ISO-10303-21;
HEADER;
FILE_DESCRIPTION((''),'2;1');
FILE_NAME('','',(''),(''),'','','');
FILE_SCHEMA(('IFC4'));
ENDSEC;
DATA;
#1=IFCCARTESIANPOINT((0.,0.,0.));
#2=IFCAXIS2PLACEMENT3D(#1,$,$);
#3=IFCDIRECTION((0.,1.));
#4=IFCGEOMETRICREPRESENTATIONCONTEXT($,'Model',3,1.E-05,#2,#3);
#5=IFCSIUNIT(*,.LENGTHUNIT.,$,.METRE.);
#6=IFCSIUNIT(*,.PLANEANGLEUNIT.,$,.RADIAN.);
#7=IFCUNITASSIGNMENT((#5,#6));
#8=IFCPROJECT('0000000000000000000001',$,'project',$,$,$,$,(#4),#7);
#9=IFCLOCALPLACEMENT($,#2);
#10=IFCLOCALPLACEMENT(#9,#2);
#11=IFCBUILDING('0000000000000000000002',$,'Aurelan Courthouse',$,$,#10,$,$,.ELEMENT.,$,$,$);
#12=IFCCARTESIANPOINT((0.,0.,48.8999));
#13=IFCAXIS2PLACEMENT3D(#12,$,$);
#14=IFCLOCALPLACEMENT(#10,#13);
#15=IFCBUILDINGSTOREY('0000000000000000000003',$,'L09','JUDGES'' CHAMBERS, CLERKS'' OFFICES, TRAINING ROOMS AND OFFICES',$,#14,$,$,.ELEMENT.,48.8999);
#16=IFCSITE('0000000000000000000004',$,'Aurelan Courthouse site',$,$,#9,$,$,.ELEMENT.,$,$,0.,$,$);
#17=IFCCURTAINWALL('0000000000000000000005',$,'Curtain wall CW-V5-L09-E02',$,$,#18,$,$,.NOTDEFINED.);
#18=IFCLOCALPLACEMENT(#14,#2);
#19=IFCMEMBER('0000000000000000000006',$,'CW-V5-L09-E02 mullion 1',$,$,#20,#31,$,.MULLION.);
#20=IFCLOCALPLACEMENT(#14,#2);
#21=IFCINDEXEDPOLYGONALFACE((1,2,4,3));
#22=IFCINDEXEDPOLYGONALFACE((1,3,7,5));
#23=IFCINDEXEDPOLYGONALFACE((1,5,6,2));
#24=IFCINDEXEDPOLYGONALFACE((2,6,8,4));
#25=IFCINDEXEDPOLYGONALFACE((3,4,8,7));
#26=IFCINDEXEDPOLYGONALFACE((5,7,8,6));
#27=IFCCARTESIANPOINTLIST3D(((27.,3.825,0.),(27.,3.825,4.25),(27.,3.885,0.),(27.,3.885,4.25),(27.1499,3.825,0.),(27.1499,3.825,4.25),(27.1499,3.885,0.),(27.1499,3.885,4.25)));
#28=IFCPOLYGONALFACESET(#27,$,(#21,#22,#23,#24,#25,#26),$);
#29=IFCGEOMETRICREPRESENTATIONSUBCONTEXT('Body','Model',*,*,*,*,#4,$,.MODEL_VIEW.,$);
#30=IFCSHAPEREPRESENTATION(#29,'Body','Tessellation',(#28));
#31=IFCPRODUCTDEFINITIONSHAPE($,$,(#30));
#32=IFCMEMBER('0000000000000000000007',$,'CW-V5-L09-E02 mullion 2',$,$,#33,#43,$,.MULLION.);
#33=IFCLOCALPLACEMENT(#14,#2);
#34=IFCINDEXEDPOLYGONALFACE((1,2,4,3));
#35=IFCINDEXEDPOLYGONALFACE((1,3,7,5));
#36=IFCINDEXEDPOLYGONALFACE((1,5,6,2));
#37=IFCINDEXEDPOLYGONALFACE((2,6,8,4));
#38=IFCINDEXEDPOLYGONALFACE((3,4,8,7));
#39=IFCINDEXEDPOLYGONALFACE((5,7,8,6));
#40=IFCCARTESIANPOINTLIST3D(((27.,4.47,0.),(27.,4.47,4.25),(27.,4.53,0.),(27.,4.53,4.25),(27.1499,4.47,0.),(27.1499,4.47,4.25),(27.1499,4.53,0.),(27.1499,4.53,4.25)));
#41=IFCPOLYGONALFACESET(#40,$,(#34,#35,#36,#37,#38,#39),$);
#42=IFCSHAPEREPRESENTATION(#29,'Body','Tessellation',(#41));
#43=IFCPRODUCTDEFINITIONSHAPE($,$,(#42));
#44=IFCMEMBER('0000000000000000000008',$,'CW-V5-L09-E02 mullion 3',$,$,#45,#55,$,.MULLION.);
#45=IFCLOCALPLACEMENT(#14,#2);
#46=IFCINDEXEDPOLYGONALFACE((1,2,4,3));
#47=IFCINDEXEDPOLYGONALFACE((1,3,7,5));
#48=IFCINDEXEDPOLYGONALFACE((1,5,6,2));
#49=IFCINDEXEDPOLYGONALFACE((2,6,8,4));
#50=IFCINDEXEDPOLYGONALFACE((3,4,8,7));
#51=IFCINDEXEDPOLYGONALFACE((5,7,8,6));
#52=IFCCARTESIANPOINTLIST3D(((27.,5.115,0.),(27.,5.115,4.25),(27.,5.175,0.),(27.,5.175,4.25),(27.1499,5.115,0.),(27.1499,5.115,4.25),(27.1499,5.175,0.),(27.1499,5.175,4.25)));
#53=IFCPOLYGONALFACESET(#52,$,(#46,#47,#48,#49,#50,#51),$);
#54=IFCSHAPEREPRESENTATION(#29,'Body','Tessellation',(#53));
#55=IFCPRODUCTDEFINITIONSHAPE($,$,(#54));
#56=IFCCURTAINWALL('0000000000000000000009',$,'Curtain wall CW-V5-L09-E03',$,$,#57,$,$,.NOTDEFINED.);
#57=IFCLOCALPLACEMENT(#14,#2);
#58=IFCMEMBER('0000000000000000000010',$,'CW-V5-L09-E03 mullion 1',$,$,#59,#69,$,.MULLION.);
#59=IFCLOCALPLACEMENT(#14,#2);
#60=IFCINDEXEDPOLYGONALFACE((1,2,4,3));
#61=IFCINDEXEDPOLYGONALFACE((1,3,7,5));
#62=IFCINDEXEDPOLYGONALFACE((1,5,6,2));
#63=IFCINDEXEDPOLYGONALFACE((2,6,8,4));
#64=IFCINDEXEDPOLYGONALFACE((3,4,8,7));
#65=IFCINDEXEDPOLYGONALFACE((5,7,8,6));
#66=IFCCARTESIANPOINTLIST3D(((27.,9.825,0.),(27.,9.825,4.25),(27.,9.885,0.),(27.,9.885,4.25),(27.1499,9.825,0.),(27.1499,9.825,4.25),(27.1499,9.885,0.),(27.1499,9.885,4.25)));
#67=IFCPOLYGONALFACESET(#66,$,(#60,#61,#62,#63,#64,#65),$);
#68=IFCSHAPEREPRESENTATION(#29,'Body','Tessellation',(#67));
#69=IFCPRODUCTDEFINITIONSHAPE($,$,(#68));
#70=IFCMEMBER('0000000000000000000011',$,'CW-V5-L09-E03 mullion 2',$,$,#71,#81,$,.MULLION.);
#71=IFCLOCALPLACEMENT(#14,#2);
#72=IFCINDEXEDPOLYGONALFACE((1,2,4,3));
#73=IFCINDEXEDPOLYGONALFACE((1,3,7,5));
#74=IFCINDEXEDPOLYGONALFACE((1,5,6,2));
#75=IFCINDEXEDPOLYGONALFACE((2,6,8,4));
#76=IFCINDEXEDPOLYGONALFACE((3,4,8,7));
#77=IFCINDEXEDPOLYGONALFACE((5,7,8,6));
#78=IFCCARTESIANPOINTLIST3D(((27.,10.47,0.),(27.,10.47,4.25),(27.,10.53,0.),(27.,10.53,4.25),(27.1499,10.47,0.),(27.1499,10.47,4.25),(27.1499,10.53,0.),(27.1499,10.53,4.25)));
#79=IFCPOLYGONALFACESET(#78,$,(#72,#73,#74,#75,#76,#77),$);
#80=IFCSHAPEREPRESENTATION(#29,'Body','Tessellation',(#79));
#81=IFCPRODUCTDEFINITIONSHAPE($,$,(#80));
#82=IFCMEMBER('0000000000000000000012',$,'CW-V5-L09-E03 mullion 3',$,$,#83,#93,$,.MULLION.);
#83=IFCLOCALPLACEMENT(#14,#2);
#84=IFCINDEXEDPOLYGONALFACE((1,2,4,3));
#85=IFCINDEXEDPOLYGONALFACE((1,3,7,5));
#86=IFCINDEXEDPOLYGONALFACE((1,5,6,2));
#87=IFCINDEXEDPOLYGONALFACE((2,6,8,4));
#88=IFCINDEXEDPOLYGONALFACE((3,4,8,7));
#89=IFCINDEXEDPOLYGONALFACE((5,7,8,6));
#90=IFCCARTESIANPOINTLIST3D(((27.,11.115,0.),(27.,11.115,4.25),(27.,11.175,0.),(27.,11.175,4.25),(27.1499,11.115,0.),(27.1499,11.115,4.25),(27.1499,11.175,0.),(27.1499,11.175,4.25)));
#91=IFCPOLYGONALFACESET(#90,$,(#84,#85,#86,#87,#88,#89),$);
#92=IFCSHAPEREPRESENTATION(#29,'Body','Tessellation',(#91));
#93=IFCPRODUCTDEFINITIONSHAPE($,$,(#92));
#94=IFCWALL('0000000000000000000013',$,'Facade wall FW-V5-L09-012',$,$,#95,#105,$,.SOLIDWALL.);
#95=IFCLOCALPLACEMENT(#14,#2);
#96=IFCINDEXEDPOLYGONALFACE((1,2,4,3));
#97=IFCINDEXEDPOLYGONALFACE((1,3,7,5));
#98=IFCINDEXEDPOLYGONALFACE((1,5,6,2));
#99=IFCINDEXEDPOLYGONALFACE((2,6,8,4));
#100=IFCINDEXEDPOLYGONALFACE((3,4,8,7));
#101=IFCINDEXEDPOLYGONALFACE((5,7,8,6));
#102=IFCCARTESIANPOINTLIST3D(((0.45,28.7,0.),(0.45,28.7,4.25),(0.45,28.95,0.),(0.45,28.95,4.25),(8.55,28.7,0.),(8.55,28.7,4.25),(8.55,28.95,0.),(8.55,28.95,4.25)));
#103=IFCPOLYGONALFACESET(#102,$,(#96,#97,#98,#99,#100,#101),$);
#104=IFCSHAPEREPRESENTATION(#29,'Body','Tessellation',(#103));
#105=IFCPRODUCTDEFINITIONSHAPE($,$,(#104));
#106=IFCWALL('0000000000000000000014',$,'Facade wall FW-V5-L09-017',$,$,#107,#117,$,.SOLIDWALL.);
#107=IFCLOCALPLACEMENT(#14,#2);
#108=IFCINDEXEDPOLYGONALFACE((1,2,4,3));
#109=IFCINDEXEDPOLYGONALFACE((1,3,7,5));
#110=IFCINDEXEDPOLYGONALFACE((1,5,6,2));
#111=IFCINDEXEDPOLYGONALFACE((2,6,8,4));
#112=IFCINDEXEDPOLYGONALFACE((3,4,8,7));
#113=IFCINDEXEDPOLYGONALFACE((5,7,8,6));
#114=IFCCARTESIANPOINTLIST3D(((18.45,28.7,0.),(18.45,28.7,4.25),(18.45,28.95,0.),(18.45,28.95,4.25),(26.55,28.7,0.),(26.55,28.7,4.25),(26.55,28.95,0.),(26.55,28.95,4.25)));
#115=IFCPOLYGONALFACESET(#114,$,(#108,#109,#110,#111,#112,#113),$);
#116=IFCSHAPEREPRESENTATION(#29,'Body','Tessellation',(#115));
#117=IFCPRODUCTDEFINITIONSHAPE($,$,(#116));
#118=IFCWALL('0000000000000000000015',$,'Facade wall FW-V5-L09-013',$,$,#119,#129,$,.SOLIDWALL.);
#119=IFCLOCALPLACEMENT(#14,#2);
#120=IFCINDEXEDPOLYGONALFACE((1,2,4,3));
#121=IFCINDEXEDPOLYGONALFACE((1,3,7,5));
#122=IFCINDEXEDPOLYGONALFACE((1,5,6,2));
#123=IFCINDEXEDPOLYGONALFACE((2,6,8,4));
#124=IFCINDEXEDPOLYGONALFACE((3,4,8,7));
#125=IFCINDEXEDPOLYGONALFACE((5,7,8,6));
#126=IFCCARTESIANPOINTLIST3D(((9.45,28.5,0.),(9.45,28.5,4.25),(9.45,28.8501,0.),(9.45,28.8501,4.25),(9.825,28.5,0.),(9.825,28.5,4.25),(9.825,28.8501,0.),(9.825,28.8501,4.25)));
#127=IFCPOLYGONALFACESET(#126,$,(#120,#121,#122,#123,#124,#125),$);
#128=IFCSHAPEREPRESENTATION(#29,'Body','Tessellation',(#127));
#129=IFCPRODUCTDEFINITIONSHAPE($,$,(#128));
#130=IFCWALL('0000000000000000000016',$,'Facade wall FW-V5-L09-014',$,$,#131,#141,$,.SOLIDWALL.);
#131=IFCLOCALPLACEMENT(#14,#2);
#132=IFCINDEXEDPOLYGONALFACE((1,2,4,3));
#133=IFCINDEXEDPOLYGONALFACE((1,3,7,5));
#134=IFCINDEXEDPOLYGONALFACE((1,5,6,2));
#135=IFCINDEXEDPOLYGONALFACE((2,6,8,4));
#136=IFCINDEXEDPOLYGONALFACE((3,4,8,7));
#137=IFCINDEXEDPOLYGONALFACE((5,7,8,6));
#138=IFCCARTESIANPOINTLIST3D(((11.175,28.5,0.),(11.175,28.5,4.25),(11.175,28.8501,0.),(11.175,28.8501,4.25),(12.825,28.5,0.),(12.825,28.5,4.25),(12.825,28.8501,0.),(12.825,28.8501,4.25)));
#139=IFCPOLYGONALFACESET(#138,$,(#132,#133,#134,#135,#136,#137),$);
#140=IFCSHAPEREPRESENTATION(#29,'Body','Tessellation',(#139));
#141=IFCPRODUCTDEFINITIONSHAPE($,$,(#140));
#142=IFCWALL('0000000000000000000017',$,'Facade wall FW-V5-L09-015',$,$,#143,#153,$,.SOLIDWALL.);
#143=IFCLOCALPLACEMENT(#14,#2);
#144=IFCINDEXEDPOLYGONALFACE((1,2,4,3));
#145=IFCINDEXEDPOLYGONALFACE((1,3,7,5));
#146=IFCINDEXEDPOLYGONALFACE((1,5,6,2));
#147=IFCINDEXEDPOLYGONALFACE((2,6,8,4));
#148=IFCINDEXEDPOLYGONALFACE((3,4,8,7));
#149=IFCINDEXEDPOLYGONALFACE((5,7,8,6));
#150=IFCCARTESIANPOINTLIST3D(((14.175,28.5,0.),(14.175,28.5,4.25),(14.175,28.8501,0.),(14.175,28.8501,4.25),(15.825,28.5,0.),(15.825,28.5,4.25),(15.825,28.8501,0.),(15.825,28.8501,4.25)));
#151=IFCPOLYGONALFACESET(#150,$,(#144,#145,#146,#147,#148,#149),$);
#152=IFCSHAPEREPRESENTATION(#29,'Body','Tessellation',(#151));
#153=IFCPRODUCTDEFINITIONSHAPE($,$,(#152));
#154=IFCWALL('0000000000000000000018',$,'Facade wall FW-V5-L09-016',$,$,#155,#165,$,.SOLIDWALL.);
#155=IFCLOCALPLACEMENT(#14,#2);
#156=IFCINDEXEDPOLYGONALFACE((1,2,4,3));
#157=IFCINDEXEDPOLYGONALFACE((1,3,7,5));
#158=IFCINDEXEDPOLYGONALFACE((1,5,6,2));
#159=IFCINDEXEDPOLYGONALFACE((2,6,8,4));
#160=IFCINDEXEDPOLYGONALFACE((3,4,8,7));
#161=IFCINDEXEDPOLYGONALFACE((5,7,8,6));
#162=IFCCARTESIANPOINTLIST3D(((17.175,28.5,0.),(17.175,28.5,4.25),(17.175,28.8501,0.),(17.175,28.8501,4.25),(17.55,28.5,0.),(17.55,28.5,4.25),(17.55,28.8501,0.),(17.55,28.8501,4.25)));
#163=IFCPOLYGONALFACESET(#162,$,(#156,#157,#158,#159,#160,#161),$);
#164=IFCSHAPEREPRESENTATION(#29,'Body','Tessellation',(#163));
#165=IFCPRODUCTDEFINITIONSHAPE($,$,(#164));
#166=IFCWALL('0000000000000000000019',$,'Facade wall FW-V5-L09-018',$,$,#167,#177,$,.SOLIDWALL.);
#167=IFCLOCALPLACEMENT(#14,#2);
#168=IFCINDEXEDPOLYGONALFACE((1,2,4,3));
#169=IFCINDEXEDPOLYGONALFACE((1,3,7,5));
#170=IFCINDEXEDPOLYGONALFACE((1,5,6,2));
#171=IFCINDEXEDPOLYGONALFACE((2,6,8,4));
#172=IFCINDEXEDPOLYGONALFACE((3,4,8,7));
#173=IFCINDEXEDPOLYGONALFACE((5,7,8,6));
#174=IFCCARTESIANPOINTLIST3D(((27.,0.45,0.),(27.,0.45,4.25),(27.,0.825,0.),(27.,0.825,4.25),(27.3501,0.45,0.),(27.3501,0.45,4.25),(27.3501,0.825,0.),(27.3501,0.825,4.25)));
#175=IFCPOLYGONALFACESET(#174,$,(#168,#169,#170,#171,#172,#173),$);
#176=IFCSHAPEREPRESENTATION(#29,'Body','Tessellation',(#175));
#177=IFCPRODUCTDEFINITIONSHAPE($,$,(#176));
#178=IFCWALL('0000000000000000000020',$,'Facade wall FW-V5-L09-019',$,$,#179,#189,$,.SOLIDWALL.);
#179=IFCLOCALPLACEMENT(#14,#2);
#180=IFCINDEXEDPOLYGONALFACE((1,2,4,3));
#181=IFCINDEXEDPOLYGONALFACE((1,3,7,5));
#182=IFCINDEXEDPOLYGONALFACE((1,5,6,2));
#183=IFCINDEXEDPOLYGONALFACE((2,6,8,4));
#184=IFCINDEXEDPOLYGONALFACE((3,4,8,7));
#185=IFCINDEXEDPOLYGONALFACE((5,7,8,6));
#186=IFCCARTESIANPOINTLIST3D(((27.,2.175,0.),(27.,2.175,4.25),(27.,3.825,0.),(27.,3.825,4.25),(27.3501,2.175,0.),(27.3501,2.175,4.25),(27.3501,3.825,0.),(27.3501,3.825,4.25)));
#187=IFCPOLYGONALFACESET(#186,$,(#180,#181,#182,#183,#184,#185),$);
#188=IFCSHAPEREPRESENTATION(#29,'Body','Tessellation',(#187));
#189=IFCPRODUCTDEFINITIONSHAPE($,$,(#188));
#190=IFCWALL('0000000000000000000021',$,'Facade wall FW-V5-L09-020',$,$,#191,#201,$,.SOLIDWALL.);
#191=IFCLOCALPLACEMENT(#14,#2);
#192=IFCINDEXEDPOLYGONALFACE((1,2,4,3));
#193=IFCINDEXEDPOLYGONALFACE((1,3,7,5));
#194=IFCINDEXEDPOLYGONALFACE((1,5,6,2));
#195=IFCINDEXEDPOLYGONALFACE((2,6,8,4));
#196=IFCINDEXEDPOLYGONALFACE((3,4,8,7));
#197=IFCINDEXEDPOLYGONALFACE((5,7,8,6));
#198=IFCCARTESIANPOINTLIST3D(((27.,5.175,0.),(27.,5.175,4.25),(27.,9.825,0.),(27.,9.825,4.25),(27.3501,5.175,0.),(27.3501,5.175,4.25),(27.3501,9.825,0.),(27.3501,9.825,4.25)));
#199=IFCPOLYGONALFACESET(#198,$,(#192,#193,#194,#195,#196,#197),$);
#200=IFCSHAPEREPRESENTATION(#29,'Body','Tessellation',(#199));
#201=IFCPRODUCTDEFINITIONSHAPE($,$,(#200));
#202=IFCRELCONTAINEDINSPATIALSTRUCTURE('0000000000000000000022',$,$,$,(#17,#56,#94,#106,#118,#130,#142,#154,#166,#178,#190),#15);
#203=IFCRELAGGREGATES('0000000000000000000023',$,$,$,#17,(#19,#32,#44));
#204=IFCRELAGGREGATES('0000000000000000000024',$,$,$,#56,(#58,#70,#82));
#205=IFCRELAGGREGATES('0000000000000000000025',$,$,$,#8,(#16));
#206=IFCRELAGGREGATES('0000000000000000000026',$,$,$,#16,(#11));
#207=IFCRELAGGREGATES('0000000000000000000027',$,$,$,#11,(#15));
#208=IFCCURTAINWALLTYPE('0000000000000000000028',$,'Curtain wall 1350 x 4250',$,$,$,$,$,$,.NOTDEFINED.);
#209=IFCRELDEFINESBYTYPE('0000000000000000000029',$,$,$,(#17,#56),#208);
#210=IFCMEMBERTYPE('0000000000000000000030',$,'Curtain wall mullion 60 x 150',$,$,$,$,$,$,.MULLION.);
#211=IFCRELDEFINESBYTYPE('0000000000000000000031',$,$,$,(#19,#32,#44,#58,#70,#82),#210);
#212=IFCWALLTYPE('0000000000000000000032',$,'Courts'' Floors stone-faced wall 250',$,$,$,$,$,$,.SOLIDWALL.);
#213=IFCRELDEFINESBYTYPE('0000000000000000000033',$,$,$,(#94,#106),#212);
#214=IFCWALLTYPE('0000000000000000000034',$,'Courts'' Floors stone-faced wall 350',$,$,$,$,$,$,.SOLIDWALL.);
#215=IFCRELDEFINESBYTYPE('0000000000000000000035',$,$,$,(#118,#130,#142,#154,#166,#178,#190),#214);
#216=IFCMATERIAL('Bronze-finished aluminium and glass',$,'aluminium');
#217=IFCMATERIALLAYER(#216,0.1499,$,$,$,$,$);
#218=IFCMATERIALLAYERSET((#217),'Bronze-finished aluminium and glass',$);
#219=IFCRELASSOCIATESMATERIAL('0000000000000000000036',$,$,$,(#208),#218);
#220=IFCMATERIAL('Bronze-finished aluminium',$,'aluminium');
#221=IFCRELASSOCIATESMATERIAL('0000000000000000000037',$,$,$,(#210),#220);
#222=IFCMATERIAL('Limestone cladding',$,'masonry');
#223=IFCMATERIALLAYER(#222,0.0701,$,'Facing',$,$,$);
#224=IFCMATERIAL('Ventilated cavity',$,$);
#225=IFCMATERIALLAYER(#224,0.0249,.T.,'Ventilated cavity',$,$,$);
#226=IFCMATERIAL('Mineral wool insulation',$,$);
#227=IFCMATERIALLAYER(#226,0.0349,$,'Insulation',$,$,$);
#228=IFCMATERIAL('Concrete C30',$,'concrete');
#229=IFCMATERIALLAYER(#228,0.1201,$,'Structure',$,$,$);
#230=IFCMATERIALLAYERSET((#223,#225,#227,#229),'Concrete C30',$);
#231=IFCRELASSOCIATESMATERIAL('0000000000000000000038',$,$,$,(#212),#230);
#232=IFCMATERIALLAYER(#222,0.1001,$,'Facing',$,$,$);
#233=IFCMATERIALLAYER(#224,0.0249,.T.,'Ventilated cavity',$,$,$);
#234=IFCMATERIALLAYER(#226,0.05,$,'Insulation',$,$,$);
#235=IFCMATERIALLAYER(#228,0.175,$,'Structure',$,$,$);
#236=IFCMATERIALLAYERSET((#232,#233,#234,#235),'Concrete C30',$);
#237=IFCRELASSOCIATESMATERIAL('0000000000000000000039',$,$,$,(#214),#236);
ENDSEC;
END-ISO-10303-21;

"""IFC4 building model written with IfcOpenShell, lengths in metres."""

from ifc_helpers import new_model, si_unit, direction, frame, frame_2d, origin, origin_2d, place, context, subcontext, project, spatial, rectangle, extrude, material, layer, layer_set, material_profile, profile_set, type_object, element, aggregate, save


model = new_model("IFC4")

# Units and contexts
model_context = context("Model", 3, precision=1e-05, world=origin(), true_north=direction((0.0, 1.0)))
body_context = subcontext(model_context, "Body", "Model", "MODEL_VIEW")
ifc_project = project(units=[si_unit("LENGTHUNIT", "METRE"), si_unit("PLANEANGLEUNIT", "RADIAN")], contexts=[model_context])

# Site, building, storey
site_placement = place(None, origin())
site = spatial("IfcSite", under=ifc_project, at=site_placement, Name="Aurelan Courthouse site", CompositionType="ELEMENT", RefElevation=0.0)
building_placement = place(site_placement, origin())
building = spatial("IfcBuilding", under=site, at=building_placement, Name="Aurelan Courthouse", CompositionType="ELEMENT")
storey_placement = place(building_placement, frame((0.0, 0.0, 48.8999)))
storey = spatial("IfcBuildingStorey", under=building, at=storey_placement, Name="L09", Description="JUDGES' CHAMBERS, CLERKS' OFFICES, TRAINING ROOMS AND OFFICES", CompositionType="ELEMENT", Elevation=48.8999)

# Curtain walls, members
ifc_material_1 = material(Name="Bronze-finished aluminium and glass", Category="aluminium")
ifc_layer_1 = layer(ifc_material_1, 0.1499)
ifc_layer_set_1 = layer_set([ifc_layer_1], Name="Bronze-finished aluminium and glass")
curtain_wall_type = type_object("IfcCurtainWallType", Name="Curtain wall 1350 x 4250", PredefinedType="NOTDEFINED", material=ifc_layer_set_1)
ifc_material_2 = material(Name="Bronze-finished aluminium", Category="aluminium")
ifc_material_profile = material_profile(ifc_material_2, rectangle(XDim=0.1499, YDim=0.0601, at=origin_2d()), Name="Bronze mullion 60 x 150")
ifc_profile_set = profile_set([ifc_material_profile], Name="Bronze-finished aluminium")
member_type = type_object("IfcMemberType", Name="Curtain wall mullion 60 x 150", PredefinedType="MULLION", material=ifc_profile_set)
curtain_wall_1_placement = place(storey_placement, origin())
curtain_wall_1 = element("IfcCurtainWall", 1, at=curtain_wall_1_placement, inside=storey, type_object=curtain_wall_type, Name="Curtain wall CW-V5-L09-E02", PredefinedType="NOTDEFINED")
member_1_placement = place(storey_placement, frame((27.075, 3.855, 0.0), z_axis=(0.0, 0.0, 1.0), x_axis=(-1.0, 0.0, 0.0)))
member_1 = element("IfcMember", 2, at=member_1_placement, type_object=member_type, Name="CW-V5-L09-E02 mullion 1", PredefinedType="MULLION", context=body_context, shape_type="SweptSolid", body=[
    extrude(rectangle(XDim=0.1499, YDim=0.0601, at=origin_2d()), origin(), (0.0, 0.0, 1.0), 4.25),
])
member_2_placement = place(storey_placement, frame((27.075, 4.5, 0.0), z_axis=(0.0, 0.0, 1.0), x_axis=(-1.0, 0.0, 0.0)))
member_2 = element("IfcMember", 3, at=member_2_placement, type_object=member_type, Name="CW-V5-L09-E02 mullion 2", PredefinedType="MULLION", context=body_context, shape_type="SweptSolid", body=[
    extrude(rectangle(XDim=0.1499, YDim=0.0601, at=origin_2d()), origin(), (0.0, 0.0, 1.0), 4.25),
])
member_3_placement = place(storey_placement, frame((27.075, 5.145, 0.0), z_axis=(0.0, 0.0, 1.0), x_axis=(-1.0, 0.0, 0.0)))
member_3 = element("IfcMember", 4, at=member_3_placement, type_object=member_type, Name="CW-V5-L09-E02 mullion 3", PredefinedType="MULLION", context=body_context, shape_type="SweptSolid", body=[
    extrude(rectangle(XDim=0.1499, YDim=0.0601, at=origin_2d()), origin(), (0.0, 0.0, 1.0), 4.25),
])
aggregate(curtain_wall_1, [member_1, member_2, member_3])
curtain_wall_2_placement = place(storey_placement, origin())
curtain_wall_2 = element("IfcCurtainWall", 5, at=curtain_wall_2_placement, inside=storey, type_object=curtain_wall_type, Name="Curtain wall CW-V5-L09-E03", PredefinedType="NOTDEFINED")
member_4_placement = place(storey_placement, frame((27.075, 9.855, 0.0), z_axis=(0.0, 0.0, 1.0), x_axis=(-1.0, 0.0, 0.0)))
member_4 = element("IfcMember", 6, at=member_4_placement, type_object=member_type, Name="CW-V5-L09-E03 mullion 1", PredefinedType="MULLION", context=body_context, shape_type="SweptSolid", body=[
    extrude(rectangle(XDim=0.1499, YDim=0.0601, at=origin_2d()), origin(), (0.0, 0.0, 1.0), 4.25),
])
member_5_placement = place(storey_placement, frame((27.075, 10.5, 0.0), z_axis=(0.0, 0.0, 1.0), x_axis=(-1.0, 0.0, 0.0)))
member_5 = element("IfcMember", 7, at=member_5_placement, type_object=member_type, Name="CW-V5-L09-E03 mullion 2", PredefinedType="MULLION", context=body_context, shape_type="SweptSolid", body=[
    extrude(rectangle(XDim=0.1499, YDim=0.0601, at=origin_2d()), origin(), (0.0, 0.0, 1.0), 4.25),
])
member_6_placement = place(storey_placement, frame((27.075, 11.145, 0.0), z_axis=(0.0, 0.0, 1.0), x_axis=(-1.0, 0.0, 0.0)))
member_6 = element("IfcMember", 8, at=member_6_placement, type_object=member_type, Name="CW-V5-L09-E03 mullion 3", PredefinedType="MULLION", context=body_context, shape_type="SweptSolid", body=[
    extrude(rectangle(XDim=0.1499, YDim=0.0601, at=origin_2d()), origin(), (0.0, 0.0, 1.0), 4.25),
])
aggregate(curtain_wall_2, [member_4, member_5, member_6])

# Walls
ifc_material_3 = material(Name="Limestone cladding", Category="masonry")
ifc_layer_2 = layer(ifc_material_3, 0.0701, Name="Facing")
ifc_material_4 = material(Name="Ventilated cavity")
ifc_layer_3 = layer(ifc_material_4, 0.0249, ventilated=True, Name="Ventilated cavity")
ifc_material_5 = material(Name="Mineral wool insulation")
ifc_layer_4 = layer(ifc_material_5, 0.0349, Name="Insulation")
ifc_material_6 = material(Name="Concrete C30", Category="concrete")
ifc_layer_5 = layer(ifc_material_6, 0.1201, Name="Structure")
ifc_layer_set_2 = layer_set([ifc_layer_2, ifc_layer_3, ifc_layer_4, ifc_layer_5], Name="Concrete C30")
wall_type_1 = type_object("IfcWallType", Name="Courts' Floors stone-faced wall 250", PredefinedType="SOLIDWALL", material=ifc_layer_set_2)
for number, where, z_axis, x_axis, name in (
    (9, (0.45, 28.825, 0.0), (0.0, 0.0, 1.0), (1.0, 0.0, 0.0), "Facade wall FW-V5-L09-012"),
    (10, (18.45, 28.825, 0.0), (0.0, 0.0, 1.0), (1.0, 0.0, 0.0), "Facade wall FW-V5-L09-017"),
):
    element("IfcWall", number, at=place(storey_placement, frame(where, z_axis=z_axis, x_axis=x_axis)), inside=storey, type_object=wall_type_1, Name=name, PredefinedType="SOLIDWALL", context=body_context, shape_type="SweptSolid", body=[
        extrude(rectangle(XDim=8.1001, YDim=0.25, at=frame_2d((4.05, 0.0))), origin(), (0.0, 0.0, 1.0), 4.25),
    ])
ifc_layer_6 = layer(ifc_material_3, 0.1001, Name="Facing")
ifc_layer_7 = layer(ifc_material_4, 0.0249, ventilated=True, Name="Ventilated cavity")
ifc_layer_8 = layer(ifc_material_5, 0.05, Name="Insulation")
ifc_layer_9 = layer(ifc_material_6, 0.175, Name="Structure")
ifc_layer_set_3 = layer_set([ifc_layer_6, ifc_layer_7, ifc_layer_8, ifc_layer_9], Name="Concrete C30")
wall_type_2 = type_object("IfcWallType", Name="Courts' Floors stone-faced wall 350", PredefinedType="SOLIDWALL", material=ifc_layer_set_3)
wall_1_placement = place(storey_placement, frame((9.45, 28.675, 0.0), z_axis=(0.0, 0.0, 1.0), x_axis=(1.0, 0.0, 0.0)))
element("IfcWall", 11, at=wall_1_placement, inside=storey, type_object=wall_type_2, Name="Facade wall FW-V5-L09-013", PredefinedType="SOLIDWALL", context=body_context, shape_type="SweptSolid", body=[
    extrude(rectangle(XDim=0.375, YDim=0.3501, at=frame_2d((0.1875, 0.0))), origin(), (0.0, 0.0, 1.0), 4.25),
])
for number, where, z_axis, x_axis, name in (
    (12, (11.175, 28.675, 0.0), (0.0, 0.0, 1.0), (1.0, 0.0, 0.0), "Facade wall FW-V5-L09-014"),
    (13, (14.175, 28.675, 0.0), (0.0, 0.0, 1.0), (1.0, 0.0, 0.0), "Facade wall FW-V5-L09-015"),
):
    element("IfcWall", number, at=place(storey_placement, frame(where, z_axis=z_axis, x_axis=x_axis)), inside=storey, type_object=wall_type_2, Name=name, PredefinedType="SOLIDWALL", context=body_context, shape_type="SweptSolid", body=[
        extrude(rectangle(XDim=1.6499, YDim=0.3501, at=frame_2d((0.825, 0.0))), origin(), (0.0, 0.0, 1.0), 4.25),
    ])
for number, where, z_axis, x_axis, name in (
    (14, (17.175, 28.675, 0.0), (0.0, 0.0, 1.0), (1.0, 0.0, 0.0), "Facade wall FW-V5-L09-016"),
    (15, (27.175, 0.45, 0.0), (0.0, 0.0, 1.0), (0.0, 1.0, 0.0), "Facade wall FW-V5-L09-018"),
):
    element("IfcWall", number, at=place(storey_placement, frame(where, z_axis=z_axis, x_axis=x_axis)), inside=storey, type_object=wall_type_2, Name=name, PredefinedType="SOLIDWALL", context=body_context, shape_type="SweptSolid", body=[
        extrude(rectangle(XDim=0.375, YDim=0.3501, at=frame_2d((0.1875, 0.0))), origin(), (0.0, 0.0, 1.0), 4.25),
    ])
wall_2_placement = place(storey_placement, frame((27.175, 2.175, 0.0), z_axis=(0.0, 0.0, 1.0), x_axis=(0.0, 1.0, 0.0)))
element("IfcWall", 16, at=wall_2_placement, inside=storey, type_object=wall_type_2, Name="Facade wall FW-V5-L09-019", PredefinedType="SOLIDWALL", context=body_context, shape_type="SweptSolid", body=[
    extrude(rectangle(XDim=1.6499, YDim=0.3501, at=frame_2d((0.825, 0.0))), origin(), (0.0, 0.0, 1.0), 4.25),
])
wall_3_placement = place(storey_placement, frame((27.175, 5.175, 0.0), z_axis=(0.0, 0.0, 1.0), x_axis=(0.0, 1.0, 0.0)))
element("IfcWall", 17, at=wall_3_placement, inside=storey, type_object=wall_type_2, Name="Facade wall FW-V5-L09-020", PredefinedType="SOLIDWALL", context=body_context, shape_type="SweptSolid", body=[
    extrude(rectangle(XDim=4.6499, YDim=0.3501, at=frame_2d((2.325, 0.0))), origin(), (0.0, 0.0, 1.0), 4.25),
])

save(model, "model.ifc")
